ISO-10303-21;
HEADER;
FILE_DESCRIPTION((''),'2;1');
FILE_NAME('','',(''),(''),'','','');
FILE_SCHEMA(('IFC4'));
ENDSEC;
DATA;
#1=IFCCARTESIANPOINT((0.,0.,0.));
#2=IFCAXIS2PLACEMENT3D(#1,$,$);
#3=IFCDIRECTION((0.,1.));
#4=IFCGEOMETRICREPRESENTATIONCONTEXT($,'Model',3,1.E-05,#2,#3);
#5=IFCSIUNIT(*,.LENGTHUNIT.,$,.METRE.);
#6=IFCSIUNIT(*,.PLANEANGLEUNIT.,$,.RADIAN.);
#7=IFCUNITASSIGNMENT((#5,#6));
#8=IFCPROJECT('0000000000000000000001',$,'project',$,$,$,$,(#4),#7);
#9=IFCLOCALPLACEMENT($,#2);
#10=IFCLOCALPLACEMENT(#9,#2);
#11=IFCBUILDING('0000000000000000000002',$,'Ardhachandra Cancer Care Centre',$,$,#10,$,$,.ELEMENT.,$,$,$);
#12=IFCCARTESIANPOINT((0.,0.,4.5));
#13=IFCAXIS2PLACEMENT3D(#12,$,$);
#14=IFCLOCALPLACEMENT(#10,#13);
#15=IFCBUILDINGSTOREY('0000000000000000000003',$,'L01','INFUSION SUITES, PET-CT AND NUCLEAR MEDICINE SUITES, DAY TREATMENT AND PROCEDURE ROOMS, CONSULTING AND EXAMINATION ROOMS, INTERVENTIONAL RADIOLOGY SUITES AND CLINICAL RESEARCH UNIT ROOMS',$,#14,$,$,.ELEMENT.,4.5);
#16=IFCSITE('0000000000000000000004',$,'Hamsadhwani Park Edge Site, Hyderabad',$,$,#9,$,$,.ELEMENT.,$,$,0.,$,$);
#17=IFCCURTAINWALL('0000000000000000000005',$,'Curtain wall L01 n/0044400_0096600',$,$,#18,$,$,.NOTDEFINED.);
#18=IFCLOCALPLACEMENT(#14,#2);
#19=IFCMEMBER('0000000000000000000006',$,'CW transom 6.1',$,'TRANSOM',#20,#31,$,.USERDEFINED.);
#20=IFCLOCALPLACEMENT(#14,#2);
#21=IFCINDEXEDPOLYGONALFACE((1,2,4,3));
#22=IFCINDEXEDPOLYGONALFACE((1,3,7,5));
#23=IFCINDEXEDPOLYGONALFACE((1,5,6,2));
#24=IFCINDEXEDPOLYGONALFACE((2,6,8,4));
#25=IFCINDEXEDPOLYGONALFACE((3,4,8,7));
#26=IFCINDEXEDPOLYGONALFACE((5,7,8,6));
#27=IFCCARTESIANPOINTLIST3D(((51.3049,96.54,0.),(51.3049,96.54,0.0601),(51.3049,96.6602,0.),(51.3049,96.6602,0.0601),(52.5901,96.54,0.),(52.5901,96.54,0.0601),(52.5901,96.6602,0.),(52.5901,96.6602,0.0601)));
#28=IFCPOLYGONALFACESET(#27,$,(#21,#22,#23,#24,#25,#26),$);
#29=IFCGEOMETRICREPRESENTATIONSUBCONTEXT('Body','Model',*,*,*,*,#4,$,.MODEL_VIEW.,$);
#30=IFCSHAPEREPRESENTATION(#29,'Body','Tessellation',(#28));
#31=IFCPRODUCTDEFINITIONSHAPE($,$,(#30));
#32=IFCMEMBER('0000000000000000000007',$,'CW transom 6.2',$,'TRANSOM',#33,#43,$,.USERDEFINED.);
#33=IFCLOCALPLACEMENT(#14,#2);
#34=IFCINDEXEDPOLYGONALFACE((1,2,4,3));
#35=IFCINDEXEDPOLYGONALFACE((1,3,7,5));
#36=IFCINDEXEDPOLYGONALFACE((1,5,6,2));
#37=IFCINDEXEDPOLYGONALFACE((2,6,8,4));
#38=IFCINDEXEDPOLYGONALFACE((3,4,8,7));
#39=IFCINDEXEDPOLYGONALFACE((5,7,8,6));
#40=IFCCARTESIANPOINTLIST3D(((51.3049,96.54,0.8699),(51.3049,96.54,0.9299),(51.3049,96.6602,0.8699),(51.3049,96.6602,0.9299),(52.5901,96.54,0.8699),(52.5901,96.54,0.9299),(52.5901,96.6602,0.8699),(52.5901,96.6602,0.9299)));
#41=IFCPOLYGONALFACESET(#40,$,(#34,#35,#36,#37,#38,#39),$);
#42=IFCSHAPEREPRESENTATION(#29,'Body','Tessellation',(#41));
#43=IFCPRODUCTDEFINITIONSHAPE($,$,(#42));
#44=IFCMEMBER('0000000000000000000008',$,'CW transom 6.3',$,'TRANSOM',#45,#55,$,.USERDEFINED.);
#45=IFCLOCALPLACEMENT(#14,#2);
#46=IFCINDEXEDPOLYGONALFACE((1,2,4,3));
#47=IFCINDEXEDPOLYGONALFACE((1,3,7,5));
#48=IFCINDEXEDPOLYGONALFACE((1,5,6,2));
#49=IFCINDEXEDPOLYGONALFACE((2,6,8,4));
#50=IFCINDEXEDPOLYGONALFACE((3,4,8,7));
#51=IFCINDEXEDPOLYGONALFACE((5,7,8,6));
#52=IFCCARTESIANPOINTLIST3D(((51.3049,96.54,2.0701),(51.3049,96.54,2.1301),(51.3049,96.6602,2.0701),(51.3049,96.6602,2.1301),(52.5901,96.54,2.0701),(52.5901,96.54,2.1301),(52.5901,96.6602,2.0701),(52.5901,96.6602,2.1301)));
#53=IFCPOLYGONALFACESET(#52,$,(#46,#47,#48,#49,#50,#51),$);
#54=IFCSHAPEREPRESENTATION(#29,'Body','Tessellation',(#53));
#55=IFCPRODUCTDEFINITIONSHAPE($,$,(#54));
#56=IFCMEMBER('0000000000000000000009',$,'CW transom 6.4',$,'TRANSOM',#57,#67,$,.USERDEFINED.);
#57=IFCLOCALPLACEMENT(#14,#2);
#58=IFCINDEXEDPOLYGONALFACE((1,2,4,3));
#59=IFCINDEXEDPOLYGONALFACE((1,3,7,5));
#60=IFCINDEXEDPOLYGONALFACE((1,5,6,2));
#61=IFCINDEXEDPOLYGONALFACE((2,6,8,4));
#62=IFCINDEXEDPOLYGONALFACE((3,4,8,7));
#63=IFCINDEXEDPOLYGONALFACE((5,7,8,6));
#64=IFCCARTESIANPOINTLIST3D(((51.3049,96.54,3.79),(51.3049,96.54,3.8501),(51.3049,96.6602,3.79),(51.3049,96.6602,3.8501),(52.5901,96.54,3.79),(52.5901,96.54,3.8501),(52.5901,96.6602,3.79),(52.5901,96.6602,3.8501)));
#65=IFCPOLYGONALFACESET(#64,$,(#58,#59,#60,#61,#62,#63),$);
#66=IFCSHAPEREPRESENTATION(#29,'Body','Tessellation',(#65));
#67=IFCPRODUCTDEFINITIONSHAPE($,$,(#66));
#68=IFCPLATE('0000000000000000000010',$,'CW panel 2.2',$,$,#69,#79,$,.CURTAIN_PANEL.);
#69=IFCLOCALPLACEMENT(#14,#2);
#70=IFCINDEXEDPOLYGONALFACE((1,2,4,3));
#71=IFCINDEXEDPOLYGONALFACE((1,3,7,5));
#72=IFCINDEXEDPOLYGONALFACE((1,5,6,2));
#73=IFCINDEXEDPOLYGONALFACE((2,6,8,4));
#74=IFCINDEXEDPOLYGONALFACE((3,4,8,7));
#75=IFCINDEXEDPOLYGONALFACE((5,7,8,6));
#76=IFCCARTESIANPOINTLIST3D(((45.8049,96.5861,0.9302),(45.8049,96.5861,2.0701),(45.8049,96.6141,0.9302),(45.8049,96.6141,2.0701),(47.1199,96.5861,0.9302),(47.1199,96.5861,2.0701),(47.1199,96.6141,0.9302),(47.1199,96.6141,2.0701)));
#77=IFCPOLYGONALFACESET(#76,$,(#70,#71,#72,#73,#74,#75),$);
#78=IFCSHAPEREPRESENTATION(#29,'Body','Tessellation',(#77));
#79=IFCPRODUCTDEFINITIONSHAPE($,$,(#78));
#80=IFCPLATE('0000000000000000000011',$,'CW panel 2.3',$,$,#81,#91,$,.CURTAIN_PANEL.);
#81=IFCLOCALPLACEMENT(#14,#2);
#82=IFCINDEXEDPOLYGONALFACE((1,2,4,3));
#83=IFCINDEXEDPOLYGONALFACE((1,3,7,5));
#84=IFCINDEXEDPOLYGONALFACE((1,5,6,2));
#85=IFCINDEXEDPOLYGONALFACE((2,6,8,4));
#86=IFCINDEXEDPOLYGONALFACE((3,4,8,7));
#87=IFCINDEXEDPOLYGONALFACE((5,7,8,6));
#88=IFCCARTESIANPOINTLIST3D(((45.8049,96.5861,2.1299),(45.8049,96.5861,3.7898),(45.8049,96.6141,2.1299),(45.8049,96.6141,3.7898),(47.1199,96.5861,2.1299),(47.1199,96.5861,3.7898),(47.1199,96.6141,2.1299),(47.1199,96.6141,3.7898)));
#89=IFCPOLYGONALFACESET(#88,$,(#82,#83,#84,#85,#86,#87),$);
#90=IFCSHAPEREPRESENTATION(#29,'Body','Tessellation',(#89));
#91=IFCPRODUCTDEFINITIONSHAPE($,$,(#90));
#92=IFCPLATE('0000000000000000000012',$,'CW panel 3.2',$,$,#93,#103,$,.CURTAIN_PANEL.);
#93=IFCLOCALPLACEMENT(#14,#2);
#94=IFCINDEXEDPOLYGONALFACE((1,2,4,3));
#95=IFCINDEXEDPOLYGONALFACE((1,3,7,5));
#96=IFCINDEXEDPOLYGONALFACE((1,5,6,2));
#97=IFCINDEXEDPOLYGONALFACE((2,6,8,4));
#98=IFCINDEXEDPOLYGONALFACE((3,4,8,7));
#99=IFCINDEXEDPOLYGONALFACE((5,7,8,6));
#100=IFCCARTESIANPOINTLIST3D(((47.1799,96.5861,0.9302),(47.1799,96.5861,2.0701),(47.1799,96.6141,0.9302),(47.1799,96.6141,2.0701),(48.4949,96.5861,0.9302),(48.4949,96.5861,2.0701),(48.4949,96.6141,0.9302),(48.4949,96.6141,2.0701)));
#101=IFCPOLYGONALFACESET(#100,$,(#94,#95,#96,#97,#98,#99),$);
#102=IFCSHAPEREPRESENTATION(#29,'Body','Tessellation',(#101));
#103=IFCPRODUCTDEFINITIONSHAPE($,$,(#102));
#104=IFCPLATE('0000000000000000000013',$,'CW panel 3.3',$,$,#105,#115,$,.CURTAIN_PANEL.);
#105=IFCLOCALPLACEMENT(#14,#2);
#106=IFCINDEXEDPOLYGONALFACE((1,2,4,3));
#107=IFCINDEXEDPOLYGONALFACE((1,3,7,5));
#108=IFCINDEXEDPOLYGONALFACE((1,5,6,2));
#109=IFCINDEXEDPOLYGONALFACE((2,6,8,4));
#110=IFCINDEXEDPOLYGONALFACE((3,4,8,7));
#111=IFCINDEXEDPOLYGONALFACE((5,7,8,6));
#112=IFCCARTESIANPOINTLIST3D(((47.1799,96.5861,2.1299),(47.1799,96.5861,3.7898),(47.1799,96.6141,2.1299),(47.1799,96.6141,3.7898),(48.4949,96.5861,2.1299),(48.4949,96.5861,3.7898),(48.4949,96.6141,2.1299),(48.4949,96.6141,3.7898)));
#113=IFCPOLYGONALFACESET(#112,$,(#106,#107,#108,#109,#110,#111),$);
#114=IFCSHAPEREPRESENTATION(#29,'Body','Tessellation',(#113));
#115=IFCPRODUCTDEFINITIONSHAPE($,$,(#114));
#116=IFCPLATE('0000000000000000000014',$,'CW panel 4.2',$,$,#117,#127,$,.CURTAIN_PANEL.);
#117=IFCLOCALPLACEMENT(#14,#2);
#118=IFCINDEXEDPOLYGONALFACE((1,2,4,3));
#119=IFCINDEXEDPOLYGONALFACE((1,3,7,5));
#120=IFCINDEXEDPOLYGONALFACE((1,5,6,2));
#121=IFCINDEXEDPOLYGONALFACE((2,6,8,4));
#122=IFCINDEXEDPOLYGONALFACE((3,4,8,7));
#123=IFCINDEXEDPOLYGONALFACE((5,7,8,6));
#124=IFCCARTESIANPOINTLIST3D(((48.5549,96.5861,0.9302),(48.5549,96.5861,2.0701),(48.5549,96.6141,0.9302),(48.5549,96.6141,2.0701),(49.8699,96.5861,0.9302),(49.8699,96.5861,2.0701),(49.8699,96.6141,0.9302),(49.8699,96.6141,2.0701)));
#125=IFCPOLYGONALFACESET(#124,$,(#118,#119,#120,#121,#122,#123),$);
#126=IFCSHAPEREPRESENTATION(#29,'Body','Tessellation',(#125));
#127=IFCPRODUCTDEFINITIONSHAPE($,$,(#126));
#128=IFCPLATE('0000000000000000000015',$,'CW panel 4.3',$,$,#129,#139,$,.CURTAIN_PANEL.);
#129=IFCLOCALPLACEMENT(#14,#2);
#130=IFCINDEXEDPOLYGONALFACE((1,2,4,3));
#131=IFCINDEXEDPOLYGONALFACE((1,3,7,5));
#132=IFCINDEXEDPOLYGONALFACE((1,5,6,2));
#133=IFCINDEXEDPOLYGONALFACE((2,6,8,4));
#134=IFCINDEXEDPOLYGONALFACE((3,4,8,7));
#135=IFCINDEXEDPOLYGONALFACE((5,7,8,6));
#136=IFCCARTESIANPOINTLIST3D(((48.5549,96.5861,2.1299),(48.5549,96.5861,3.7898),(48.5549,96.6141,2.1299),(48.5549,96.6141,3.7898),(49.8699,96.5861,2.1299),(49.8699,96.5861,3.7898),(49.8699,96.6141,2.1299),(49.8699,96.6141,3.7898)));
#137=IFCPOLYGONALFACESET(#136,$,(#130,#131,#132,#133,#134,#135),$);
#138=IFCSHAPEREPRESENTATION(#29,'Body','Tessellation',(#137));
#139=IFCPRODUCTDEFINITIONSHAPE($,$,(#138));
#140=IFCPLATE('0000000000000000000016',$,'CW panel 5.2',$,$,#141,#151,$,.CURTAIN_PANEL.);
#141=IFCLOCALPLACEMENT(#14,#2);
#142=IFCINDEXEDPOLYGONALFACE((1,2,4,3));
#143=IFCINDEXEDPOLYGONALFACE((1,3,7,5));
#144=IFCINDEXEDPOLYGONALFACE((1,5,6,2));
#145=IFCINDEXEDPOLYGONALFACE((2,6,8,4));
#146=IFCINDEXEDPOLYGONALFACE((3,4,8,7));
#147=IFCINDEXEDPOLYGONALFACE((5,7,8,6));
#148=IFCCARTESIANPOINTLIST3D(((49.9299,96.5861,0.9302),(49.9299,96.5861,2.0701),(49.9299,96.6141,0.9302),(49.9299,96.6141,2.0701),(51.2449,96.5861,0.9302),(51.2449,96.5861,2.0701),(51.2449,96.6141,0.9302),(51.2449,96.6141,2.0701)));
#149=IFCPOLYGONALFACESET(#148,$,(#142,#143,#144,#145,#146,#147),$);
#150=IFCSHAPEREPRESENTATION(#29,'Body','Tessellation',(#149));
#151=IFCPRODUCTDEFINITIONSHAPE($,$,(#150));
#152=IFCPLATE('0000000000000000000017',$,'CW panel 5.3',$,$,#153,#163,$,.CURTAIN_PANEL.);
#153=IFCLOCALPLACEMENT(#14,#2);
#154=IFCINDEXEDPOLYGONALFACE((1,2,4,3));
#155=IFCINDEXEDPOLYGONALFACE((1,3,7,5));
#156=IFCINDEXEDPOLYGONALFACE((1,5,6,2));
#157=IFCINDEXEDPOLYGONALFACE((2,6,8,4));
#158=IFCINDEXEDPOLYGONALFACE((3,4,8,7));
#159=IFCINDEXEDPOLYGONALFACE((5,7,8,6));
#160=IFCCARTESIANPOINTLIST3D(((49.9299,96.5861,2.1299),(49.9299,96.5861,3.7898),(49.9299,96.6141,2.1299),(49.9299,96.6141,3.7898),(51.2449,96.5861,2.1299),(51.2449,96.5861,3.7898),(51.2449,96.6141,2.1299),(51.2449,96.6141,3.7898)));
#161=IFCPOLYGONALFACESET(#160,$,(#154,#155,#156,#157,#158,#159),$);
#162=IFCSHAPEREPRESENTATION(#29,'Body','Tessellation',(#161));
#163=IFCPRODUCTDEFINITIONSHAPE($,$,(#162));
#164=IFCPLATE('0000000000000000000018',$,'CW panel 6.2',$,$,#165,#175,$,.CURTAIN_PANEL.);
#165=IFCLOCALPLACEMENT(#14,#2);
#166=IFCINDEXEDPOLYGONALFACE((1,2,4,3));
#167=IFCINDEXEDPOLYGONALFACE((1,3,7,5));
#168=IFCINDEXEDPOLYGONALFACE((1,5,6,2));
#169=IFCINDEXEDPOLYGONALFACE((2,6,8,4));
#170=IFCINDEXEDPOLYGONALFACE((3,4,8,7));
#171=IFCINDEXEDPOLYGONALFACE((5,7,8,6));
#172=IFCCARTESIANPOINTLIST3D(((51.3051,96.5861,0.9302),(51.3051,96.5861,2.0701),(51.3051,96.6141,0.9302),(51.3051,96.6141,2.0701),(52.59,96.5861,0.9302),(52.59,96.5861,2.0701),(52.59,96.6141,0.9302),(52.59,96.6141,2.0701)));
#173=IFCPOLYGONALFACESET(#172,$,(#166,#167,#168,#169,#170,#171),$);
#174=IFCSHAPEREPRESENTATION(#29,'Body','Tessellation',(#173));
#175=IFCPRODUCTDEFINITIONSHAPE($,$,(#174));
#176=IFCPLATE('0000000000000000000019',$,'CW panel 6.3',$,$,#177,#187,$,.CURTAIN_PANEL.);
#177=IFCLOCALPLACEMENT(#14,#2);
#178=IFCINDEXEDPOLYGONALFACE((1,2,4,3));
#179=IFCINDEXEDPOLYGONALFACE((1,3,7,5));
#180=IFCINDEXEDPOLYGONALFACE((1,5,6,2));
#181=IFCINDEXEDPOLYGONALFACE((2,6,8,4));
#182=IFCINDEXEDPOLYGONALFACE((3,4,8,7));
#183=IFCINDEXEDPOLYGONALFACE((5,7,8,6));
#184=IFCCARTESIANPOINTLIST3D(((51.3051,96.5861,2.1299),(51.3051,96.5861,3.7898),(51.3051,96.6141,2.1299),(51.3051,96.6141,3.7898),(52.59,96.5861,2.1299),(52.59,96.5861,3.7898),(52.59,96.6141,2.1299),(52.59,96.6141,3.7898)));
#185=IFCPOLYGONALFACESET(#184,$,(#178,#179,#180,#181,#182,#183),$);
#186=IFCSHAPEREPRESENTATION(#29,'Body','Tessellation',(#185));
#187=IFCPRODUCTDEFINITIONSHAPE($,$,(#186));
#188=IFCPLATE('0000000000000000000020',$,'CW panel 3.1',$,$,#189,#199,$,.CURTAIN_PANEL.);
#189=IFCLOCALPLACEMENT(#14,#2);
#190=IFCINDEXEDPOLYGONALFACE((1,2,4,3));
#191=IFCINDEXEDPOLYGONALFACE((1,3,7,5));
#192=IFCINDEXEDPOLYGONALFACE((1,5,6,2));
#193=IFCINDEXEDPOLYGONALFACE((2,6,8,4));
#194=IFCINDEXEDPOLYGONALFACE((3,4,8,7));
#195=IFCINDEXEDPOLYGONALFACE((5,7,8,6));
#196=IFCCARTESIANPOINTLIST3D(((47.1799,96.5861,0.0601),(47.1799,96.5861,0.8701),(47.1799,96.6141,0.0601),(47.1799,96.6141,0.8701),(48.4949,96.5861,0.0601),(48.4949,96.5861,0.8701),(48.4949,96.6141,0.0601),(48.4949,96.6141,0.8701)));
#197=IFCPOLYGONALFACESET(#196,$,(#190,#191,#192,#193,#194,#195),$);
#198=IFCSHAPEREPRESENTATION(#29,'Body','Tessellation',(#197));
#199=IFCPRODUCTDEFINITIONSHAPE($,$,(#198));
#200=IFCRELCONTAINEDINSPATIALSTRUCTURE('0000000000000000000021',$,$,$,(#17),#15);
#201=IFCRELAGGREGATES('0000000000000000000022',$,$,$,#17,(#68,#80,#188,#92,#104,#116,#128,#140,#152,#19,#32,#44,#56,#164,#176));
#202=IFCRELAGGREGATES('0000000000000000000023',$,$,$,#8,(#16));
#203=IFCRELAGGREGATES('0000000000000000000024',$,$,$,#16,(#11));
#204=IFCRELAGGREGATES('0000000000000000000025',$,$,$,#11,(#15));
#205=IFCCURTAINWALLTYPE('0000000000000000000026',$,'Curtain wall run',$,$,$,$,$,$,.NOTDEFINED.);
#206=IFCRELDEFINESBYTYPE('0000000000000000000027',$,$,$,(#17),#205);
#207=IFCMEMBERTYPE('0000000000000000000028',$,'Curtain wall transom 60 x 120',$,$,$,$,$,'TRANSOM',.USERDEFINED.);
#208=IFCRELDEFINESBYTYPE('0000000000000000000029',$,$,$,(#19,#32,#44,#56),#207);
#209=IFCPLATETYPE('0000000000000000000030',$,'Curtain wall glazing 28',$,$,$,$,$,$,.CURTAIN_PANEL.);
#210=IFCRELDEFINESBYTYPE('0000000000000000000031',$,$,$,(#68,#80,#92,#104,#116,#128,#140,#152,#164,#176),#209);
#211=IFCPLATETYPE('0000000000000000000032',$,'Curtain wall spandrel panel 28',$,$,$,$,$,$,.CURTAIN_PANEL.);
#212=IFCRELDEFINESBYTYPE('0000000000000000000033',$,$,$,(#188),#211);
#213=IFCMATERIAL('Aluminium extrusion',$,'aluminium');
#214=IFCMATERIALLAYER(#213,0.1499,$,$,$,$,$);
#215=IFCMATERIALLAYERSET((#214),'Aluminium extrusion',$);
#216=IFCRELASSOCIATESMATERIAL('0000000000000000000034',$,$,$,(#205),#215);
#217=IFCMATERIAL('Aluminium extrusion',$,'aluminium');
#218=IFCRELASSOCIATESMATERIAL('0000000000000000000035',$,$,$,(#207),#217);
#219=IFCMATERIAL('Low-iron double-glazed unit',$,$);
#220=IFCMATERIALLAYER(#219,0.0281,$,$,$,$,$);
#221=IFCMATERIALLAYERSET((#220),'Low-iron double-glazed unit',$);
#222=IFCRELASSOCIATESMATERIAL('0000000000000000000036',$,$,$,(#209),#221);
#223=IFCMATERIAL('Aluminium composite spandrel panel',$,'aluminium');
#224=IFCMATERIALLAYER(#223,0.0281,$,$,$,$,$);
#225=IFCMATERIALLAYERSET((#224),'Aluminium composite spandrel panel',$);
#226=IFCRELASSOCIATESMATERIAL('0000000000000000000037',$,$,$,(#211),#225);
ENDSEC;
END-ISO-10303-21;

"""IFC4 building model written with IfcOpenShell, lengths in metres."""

from ifc_helpers import new_model, si_unit, direction, frame, origin, origin_2d, place, context, subcontext, project, spatial, rectangle, extrude, material, layer, layer_set, material_profile, profile_set, type_object, element, aggregate, save


model = new_model("IFC4")

# Units and contexts
model_context = context("Model", 3, precision=1e-05, world=origin(), true_north=direction((0.0, 1.0)))
body_context = subcontext(model_context, "Body", "Model", "MODEL_VIEW")
ifc_project = project(units=[si_unit("LENGTHUNIT", "METRE"), si_unit("PLANEANGLEUNIT", "RADIAN")], contexts=[model_context])

# Site, building, storey
site_placement = place(None, origin())
site = spatial("IfcSite", under=ifc_project, at=site_placement, Name="Hamsadhwani Park Edge Site, Hyderabad", CompositionType="ELEMENT", RefElevation=0.0)
building_placement = place(site_placement, origin())
building = spatial("IfcBuilding", under=site, at=building_placement, Name="Ardhachandra Cancer Care Centre", CompositionType="ELEMENT")
storey_placement = place(building_placement, frame((0.0, 0.0, 4.5)))
storey = spatial("IfcBuildingStorey", under=building, at=storey_placement, Name="L01", Description="INFUSION SUITES, PET-CT AND NUCLEAR MEDICINE SUITES, DAY TREATMENT AND PROCEDURE ROOMS, CONSULTING AND EXAMINATION ROOMS, INTERVENTIONAL RADIOLOGY SUITES AND CLINICAL RESEARCH UNIT ROOMS", CompositionType="ELEMENT", Elevation=4.5)

# Curtain wall, members, plates
ifc_material_1 = material(Name="Aluminium extrusion", Category="aluminium")
ifc_layer_1 = layer(ifc_material_1, 0.1499)
ifc_layer_set_1 = layer_set([ifc_layer_1], Name="Aluminium extrusion")
curtain_wall_type = type_object("IfcCurtainWallType", Name="Curtain wall run", PredefinedType="NOTDEFINED", material=ifc_layer_set_1)
curtain_wall_placement = place(storey_placement, origin())
curtain_wall = element("IfcCurtainWall", 1, at=curtain_wall_placement, inside=storey, type_object=curtain_wall_type, Name="Curtain wall L01 n/0044400_0096600", PredefinedType="NOTDEFINED")
ifc_material_2 = material(Name="Aluminium extrusion", Category="aluminium")
ifc_material_profile_1 = material_profile(ifc_material_2, rectangle(XDim=0.1201, YDim=0.0601, at=origin_2d()), Name="Curtain wall transom 60 x 120")
ifc_profile_set_1 = profile_set([ifc_material_profile_1], Name="Aluminium extrusion")
member_type_1 = type_object("IfcMemberType", Name="Curtain wall transom 60 x 120", ElementType="TRANSOM", PredefinedType="USERDEFINED", material=ifc_profile_set_1)
member_1_placement = place(storey_placement, frame((51.3049, 96.6001, 0.03), z_axis=(1.0, 0.0, 0.0), x_axis=(0.0, 1.0, 0.0)))
member_1 = element("IfcMember", 2, at=member_1_placement, type_object=member_type_1, Name="CW transom 6.1", ObjectType="TRANSOM", PredefinedType="USERDEFINED", context=body_context, shape_type="SweptSolid", body=[
    extrude(rectangle(XDim=0.1201, YDim=0.0601, at=origin_2d()), origin(), (0.0, 0.0, 1.0), 1.2852),
])
member_2_placement = place(storey_placement, frame((51.3049, 96.6001, 0.8999), z_axis=(1.0, 0.0, 0.0), x_axis=(0.0, 1.0, 0.0)))
member_2 = element("IfcMember", 3, at=member_2_placement, type_object=member_type_1, Name="CW transom 6.2", ObjectType="TRANSOM", PredefinedType="USERDEFINED", context=body_context, shape_type="SweptSolid", body=[
    extrude(rectangle(XDim=0.1201, YDim=0.0601, at=origin_2d()), origin(), (0.0, 0.0, 1.0), 1.2852),
])
member_3_placement = place(storey_placement, frame((51.3049, 96.6001, 2.1001), z_axis=(1.0, 0.0, 0.0), x_axis=(0.0, 1.0, 0.0)))
member_3 = element("IfcMember", 4, at=member_3_placement, type_object=member_type_1, Name="CW transom 6.3", ObjectType="TRANSOM", PredefinedType="USERDEFINED", context=body_context, shape_type="SweptSolid", body=[
    extrude(rectangle(XDim=0.1201, YDim=0.0601, at=origin_2d()), origin(), (0.0, 0.0, 1.0), 1.2852),
])
member_4_placement = place(storey_placement, frame((51.3049, 96.6001, 3.8201), z_axis=(1.0, 0.0, 0.0), x_axis=(0.0, 1.0, 0.0)))
member_4 = element("IfcMember", 5, at=member_4_placement, type_object=member_type_1, Name="CW transom 6.4", ObjectType="TRANSOM", PredefinedType="USERDEFINED", context=body_context, shape_type="SweptSolid", body=[
    extrude(rectangle(XDim=0.1201, YDim=0.0601, at=origin_2d()), origin(), (0.0, 0.0, 1.0), 1.2852),
])
ifc_material_3 = material(Name="Low-iron double-glazed unit")
ifc_layer_2 = layer(ifc_material_3, 0.0281)
ifc_layer_set_2 = layer_set([ifc_layer_2], Name="Low-iron double-glazed unit")
plate_type_1 = type_object("IfcPlateType", Name="Curtain wall glazing 28", PredefinedType="CURTAIN_PANEL", material=ifc_layer_set_2)
plate_1_placement = place(storey_placement, frame((46.4624, 96.6001, 0.9302), z_axis=(0.0, 0.0, 1.0), x_axis=(1.0, 0.0, 0.0)))
plate_1 = element("IfcPlate", 6, at=plate_1_placement, type_object=plate_type_1, Name="CW panel 2.2", PredefinedType="CURTAIN_PANEL", context=body_context, shape_type="SweptSolid", body=[
    extrude(rectangle(XDim=1.3149, YDim=0.0281, at=origin_2d()), origin(), (0.0, 0.0, 1.0), 1.1399),
])
plate_2_placement = place(storey_placement, frame((46.4624, 96.6001, 2.1299), z_axis=(0.0, 0.0, 1.0), x_axis=(1.0, 0.0, 0.0)))
plate_2 = element("IfcPlate", 7, at=plate_2_placement, type_object=plate_type_1, Name="CW panel 2.3", PredefinedType="CURTAIN_PANEL", context=body_context, shape_type="SweptSolid", body=[
    extrude(rectangle(XDim=1.3149, YDim=0.0281, at=origin_2d()), origin(), (0.0, 0.0, 1.0), 1.6599),
])
plate_3_placement = place(storey_placement, frame((47.8374, 96.6001, 0.9302), z_axis=(0.0, 0.0, 1.0), x_axis=(1.0, 0.0, 0.0)))
plate_3 = element("IfcPlate", 8, at=plate_3_placement, type_object=plate_type_1, Name="CW panel 3.2", PredefinedType="CURTAIN_PANEL", context=body_context, shape_type="SweptSolid", body=[
    extrude(rectangle(XDim=1.3149, YDim=0.0281, at=origin_2d()), origin(), (0.0, 0.0, 1.0), 1.1399),
])
plate_4_placement = place(storey_placement, frame((47.8374, 96.6001, 2.1299), z_axis=(0.0, 0.0, 1.0), x_axis=(1.0, 0.0, 0.0)))
plate_4 = element("IfcPlate", 9, at=plate_4_placement, type_object=plate_type_1, Name="CW panel 3.3", PredefinedType="CURTAIN_PANEL", context=body_context, shape_type="SweptSolid", body=[
    extrude(rectangle(XDim=1.3149, YDim=0.0281, at=origin_2d()), origin(), (0.0, 0.0, 1.0), 1.6599),
])
plate_5_placement = place(storey_placement, frame((49.2124, 96.6001, 0.9302), z_axis=(0.0, 0.0, 1.0), x_axis=(1.0, 0.0, 0.0)))
plate_5 = element("IfcPlate", 10, at=plate_5_placement, type_object=plate_type_1, Name="CW panel 4.2", PredefinedType="CURTAIN_PANEL", context=body_context, shape_type="SweptSolid", body=[
    extrude(rectangle(XDim=1.3149, YDim=0.0281, at=origin_2d()), origin(), (0.0, 0.0, 1.0), 1.1399),
])
plate_6_placement = place(storey_placement, frame((49.2124, 96.6001, 2.1299), z_axis=(0.0, 0.0, 1.0), x_axis=(1.0, 0.0, 0.0)))
plate_6 = element("IfcPlate", 11, at=plate_6_placement, type_object=plate_type_1, Name="CW panel 4.3", PredefinedType="CURTAIN_PANEL", context=body_context, shape_type="SweptSolid", body=[
    extrude(rectangle(XDim=1.3149, YDim=0.0281, at=origin_2d()), origin(), (0.0, 0.0, 1.0), 1.6599),
])
plate_7_placement = place(storey_placement, frame((50.5874, 96.6001, 0.9302), z_axis=(0.0, 0.0, 1.0), x_axis=(1.0, 0.0, 0.0)))
plate_7 = element("IfcPlate", 12, at=plate_7_placement, type_object=plate_type_1, Name="CW panel 5.2", PredefinedType="CURTAIN_PANEL", context=body_context, shape_type="SweptSolid", body=[
    extrude(rectangle(XDim=1.3149, YDim=0.0281, at=origin_2d()), origin(), (0.0, 0.0, 1.0), 1.1399),
])
plate_8_placement = place(storey_placement, frame((50.5874, 96.6001, 2.1299), z_axis=(0.0, 0.0, 1.0), x_axis=(1.0, 0.0, 0.0)))
plate_8 = element("IfcPlate", 13, at=plate_8_placement, type_object=plate_type_1, Name="CW panel 5.3", PredefinedType="CURTAIN_PANEL", context=body_context, shape_type="SweptSolid", body=[
    extrude(rectangle(XDim=1.3149, YDim=0.0281, at=origin_2d()), origin(), (0.0, 0.0, 1.0), 1.6599),
])
plate_9_placement = place(storey_placement, frame((51.9475, 96.6001, 0.9302), z_axis=(0.0, 0.0, 1.0), x_axis=(1.0, 0.0, 0.0)))
plate_9 = element("IfcPlate", 14, at=plate_9_placement, type_object=plate_type_1, Name="CW panel 6.2", PredefinedType="CURTAIN_PANEL", context=body_context, shape_type="SweptSolid", body=[
    extrude(rectangle(XDim=1.2849, YDim=0.0281, at=origin_2d()), origin(), (0.0, 0.0, 1.0), 1.1399),
])
plate_10_placement = place(storey_placement, frame((51.9475, 96.6001, 2.1299), z_axis=(0.0, 0.0, 1.0), x_axis=(1.0, 0.0, 0.0)))
plate_10 = element("IfcPlate", 15, at=plate_10_placement, type_object=plate_type_1, Name="CW panel 6.3", PredefinedType="CURTAIN_PANEL", context=body_context, shape_type="SweptSolid", body=[
    extrude(rectangle(XDim=1.2849, YDim=0.0281, at=origin_2d()), origin(), (0.0, 0.0, 1.0), 1.6599),
])
ifc_material_4 = material(Name="Aluminium composite spandrel panel", Category="aluminium")
ifc_layer_3 = layer(ifc_material_4, 0.0281)
ifc_layer_set_3 = layer_set([ifc_layer_3], Name="Aluminium composite spandrel panel")
plate_type_2 = type_object("IfcPlateType", Name="Curtain wall spandrel panel 28", PredefinedType="CURTAIN_PANEL", material=ifc_layer_set_3)
plate_11_placement = place(storey_placement, frame((47.8374, 96.6001, 0.0601), z_axis=(0.0, 0.0, 1.0), x_axis=(1.0, 0.0, 0.0)))
plate_11 = element("IfcPlate", 16, at=plate_11_placement, type_object=plate_type_2, Name="CW panel 3.1", PredefinedType="CURTAIN_PANEL", context=body_context, shape_type="SweptSolid", body=[
    extrude(rectangle(XDim=1.3149, YDim=0.0281, at=origin_2d()), origin(), (0.0, 0.0, 1.0), 0.8101),
])
aggregate(curtain_wall, [plate_1, plate_2, plate_11, plate_3, plate_4, plate_5, plate_6, plate_7, plate_8, member_1, member_2, member_3, member_4, plate_9, plate_10])

save(model, "model.ifc")
